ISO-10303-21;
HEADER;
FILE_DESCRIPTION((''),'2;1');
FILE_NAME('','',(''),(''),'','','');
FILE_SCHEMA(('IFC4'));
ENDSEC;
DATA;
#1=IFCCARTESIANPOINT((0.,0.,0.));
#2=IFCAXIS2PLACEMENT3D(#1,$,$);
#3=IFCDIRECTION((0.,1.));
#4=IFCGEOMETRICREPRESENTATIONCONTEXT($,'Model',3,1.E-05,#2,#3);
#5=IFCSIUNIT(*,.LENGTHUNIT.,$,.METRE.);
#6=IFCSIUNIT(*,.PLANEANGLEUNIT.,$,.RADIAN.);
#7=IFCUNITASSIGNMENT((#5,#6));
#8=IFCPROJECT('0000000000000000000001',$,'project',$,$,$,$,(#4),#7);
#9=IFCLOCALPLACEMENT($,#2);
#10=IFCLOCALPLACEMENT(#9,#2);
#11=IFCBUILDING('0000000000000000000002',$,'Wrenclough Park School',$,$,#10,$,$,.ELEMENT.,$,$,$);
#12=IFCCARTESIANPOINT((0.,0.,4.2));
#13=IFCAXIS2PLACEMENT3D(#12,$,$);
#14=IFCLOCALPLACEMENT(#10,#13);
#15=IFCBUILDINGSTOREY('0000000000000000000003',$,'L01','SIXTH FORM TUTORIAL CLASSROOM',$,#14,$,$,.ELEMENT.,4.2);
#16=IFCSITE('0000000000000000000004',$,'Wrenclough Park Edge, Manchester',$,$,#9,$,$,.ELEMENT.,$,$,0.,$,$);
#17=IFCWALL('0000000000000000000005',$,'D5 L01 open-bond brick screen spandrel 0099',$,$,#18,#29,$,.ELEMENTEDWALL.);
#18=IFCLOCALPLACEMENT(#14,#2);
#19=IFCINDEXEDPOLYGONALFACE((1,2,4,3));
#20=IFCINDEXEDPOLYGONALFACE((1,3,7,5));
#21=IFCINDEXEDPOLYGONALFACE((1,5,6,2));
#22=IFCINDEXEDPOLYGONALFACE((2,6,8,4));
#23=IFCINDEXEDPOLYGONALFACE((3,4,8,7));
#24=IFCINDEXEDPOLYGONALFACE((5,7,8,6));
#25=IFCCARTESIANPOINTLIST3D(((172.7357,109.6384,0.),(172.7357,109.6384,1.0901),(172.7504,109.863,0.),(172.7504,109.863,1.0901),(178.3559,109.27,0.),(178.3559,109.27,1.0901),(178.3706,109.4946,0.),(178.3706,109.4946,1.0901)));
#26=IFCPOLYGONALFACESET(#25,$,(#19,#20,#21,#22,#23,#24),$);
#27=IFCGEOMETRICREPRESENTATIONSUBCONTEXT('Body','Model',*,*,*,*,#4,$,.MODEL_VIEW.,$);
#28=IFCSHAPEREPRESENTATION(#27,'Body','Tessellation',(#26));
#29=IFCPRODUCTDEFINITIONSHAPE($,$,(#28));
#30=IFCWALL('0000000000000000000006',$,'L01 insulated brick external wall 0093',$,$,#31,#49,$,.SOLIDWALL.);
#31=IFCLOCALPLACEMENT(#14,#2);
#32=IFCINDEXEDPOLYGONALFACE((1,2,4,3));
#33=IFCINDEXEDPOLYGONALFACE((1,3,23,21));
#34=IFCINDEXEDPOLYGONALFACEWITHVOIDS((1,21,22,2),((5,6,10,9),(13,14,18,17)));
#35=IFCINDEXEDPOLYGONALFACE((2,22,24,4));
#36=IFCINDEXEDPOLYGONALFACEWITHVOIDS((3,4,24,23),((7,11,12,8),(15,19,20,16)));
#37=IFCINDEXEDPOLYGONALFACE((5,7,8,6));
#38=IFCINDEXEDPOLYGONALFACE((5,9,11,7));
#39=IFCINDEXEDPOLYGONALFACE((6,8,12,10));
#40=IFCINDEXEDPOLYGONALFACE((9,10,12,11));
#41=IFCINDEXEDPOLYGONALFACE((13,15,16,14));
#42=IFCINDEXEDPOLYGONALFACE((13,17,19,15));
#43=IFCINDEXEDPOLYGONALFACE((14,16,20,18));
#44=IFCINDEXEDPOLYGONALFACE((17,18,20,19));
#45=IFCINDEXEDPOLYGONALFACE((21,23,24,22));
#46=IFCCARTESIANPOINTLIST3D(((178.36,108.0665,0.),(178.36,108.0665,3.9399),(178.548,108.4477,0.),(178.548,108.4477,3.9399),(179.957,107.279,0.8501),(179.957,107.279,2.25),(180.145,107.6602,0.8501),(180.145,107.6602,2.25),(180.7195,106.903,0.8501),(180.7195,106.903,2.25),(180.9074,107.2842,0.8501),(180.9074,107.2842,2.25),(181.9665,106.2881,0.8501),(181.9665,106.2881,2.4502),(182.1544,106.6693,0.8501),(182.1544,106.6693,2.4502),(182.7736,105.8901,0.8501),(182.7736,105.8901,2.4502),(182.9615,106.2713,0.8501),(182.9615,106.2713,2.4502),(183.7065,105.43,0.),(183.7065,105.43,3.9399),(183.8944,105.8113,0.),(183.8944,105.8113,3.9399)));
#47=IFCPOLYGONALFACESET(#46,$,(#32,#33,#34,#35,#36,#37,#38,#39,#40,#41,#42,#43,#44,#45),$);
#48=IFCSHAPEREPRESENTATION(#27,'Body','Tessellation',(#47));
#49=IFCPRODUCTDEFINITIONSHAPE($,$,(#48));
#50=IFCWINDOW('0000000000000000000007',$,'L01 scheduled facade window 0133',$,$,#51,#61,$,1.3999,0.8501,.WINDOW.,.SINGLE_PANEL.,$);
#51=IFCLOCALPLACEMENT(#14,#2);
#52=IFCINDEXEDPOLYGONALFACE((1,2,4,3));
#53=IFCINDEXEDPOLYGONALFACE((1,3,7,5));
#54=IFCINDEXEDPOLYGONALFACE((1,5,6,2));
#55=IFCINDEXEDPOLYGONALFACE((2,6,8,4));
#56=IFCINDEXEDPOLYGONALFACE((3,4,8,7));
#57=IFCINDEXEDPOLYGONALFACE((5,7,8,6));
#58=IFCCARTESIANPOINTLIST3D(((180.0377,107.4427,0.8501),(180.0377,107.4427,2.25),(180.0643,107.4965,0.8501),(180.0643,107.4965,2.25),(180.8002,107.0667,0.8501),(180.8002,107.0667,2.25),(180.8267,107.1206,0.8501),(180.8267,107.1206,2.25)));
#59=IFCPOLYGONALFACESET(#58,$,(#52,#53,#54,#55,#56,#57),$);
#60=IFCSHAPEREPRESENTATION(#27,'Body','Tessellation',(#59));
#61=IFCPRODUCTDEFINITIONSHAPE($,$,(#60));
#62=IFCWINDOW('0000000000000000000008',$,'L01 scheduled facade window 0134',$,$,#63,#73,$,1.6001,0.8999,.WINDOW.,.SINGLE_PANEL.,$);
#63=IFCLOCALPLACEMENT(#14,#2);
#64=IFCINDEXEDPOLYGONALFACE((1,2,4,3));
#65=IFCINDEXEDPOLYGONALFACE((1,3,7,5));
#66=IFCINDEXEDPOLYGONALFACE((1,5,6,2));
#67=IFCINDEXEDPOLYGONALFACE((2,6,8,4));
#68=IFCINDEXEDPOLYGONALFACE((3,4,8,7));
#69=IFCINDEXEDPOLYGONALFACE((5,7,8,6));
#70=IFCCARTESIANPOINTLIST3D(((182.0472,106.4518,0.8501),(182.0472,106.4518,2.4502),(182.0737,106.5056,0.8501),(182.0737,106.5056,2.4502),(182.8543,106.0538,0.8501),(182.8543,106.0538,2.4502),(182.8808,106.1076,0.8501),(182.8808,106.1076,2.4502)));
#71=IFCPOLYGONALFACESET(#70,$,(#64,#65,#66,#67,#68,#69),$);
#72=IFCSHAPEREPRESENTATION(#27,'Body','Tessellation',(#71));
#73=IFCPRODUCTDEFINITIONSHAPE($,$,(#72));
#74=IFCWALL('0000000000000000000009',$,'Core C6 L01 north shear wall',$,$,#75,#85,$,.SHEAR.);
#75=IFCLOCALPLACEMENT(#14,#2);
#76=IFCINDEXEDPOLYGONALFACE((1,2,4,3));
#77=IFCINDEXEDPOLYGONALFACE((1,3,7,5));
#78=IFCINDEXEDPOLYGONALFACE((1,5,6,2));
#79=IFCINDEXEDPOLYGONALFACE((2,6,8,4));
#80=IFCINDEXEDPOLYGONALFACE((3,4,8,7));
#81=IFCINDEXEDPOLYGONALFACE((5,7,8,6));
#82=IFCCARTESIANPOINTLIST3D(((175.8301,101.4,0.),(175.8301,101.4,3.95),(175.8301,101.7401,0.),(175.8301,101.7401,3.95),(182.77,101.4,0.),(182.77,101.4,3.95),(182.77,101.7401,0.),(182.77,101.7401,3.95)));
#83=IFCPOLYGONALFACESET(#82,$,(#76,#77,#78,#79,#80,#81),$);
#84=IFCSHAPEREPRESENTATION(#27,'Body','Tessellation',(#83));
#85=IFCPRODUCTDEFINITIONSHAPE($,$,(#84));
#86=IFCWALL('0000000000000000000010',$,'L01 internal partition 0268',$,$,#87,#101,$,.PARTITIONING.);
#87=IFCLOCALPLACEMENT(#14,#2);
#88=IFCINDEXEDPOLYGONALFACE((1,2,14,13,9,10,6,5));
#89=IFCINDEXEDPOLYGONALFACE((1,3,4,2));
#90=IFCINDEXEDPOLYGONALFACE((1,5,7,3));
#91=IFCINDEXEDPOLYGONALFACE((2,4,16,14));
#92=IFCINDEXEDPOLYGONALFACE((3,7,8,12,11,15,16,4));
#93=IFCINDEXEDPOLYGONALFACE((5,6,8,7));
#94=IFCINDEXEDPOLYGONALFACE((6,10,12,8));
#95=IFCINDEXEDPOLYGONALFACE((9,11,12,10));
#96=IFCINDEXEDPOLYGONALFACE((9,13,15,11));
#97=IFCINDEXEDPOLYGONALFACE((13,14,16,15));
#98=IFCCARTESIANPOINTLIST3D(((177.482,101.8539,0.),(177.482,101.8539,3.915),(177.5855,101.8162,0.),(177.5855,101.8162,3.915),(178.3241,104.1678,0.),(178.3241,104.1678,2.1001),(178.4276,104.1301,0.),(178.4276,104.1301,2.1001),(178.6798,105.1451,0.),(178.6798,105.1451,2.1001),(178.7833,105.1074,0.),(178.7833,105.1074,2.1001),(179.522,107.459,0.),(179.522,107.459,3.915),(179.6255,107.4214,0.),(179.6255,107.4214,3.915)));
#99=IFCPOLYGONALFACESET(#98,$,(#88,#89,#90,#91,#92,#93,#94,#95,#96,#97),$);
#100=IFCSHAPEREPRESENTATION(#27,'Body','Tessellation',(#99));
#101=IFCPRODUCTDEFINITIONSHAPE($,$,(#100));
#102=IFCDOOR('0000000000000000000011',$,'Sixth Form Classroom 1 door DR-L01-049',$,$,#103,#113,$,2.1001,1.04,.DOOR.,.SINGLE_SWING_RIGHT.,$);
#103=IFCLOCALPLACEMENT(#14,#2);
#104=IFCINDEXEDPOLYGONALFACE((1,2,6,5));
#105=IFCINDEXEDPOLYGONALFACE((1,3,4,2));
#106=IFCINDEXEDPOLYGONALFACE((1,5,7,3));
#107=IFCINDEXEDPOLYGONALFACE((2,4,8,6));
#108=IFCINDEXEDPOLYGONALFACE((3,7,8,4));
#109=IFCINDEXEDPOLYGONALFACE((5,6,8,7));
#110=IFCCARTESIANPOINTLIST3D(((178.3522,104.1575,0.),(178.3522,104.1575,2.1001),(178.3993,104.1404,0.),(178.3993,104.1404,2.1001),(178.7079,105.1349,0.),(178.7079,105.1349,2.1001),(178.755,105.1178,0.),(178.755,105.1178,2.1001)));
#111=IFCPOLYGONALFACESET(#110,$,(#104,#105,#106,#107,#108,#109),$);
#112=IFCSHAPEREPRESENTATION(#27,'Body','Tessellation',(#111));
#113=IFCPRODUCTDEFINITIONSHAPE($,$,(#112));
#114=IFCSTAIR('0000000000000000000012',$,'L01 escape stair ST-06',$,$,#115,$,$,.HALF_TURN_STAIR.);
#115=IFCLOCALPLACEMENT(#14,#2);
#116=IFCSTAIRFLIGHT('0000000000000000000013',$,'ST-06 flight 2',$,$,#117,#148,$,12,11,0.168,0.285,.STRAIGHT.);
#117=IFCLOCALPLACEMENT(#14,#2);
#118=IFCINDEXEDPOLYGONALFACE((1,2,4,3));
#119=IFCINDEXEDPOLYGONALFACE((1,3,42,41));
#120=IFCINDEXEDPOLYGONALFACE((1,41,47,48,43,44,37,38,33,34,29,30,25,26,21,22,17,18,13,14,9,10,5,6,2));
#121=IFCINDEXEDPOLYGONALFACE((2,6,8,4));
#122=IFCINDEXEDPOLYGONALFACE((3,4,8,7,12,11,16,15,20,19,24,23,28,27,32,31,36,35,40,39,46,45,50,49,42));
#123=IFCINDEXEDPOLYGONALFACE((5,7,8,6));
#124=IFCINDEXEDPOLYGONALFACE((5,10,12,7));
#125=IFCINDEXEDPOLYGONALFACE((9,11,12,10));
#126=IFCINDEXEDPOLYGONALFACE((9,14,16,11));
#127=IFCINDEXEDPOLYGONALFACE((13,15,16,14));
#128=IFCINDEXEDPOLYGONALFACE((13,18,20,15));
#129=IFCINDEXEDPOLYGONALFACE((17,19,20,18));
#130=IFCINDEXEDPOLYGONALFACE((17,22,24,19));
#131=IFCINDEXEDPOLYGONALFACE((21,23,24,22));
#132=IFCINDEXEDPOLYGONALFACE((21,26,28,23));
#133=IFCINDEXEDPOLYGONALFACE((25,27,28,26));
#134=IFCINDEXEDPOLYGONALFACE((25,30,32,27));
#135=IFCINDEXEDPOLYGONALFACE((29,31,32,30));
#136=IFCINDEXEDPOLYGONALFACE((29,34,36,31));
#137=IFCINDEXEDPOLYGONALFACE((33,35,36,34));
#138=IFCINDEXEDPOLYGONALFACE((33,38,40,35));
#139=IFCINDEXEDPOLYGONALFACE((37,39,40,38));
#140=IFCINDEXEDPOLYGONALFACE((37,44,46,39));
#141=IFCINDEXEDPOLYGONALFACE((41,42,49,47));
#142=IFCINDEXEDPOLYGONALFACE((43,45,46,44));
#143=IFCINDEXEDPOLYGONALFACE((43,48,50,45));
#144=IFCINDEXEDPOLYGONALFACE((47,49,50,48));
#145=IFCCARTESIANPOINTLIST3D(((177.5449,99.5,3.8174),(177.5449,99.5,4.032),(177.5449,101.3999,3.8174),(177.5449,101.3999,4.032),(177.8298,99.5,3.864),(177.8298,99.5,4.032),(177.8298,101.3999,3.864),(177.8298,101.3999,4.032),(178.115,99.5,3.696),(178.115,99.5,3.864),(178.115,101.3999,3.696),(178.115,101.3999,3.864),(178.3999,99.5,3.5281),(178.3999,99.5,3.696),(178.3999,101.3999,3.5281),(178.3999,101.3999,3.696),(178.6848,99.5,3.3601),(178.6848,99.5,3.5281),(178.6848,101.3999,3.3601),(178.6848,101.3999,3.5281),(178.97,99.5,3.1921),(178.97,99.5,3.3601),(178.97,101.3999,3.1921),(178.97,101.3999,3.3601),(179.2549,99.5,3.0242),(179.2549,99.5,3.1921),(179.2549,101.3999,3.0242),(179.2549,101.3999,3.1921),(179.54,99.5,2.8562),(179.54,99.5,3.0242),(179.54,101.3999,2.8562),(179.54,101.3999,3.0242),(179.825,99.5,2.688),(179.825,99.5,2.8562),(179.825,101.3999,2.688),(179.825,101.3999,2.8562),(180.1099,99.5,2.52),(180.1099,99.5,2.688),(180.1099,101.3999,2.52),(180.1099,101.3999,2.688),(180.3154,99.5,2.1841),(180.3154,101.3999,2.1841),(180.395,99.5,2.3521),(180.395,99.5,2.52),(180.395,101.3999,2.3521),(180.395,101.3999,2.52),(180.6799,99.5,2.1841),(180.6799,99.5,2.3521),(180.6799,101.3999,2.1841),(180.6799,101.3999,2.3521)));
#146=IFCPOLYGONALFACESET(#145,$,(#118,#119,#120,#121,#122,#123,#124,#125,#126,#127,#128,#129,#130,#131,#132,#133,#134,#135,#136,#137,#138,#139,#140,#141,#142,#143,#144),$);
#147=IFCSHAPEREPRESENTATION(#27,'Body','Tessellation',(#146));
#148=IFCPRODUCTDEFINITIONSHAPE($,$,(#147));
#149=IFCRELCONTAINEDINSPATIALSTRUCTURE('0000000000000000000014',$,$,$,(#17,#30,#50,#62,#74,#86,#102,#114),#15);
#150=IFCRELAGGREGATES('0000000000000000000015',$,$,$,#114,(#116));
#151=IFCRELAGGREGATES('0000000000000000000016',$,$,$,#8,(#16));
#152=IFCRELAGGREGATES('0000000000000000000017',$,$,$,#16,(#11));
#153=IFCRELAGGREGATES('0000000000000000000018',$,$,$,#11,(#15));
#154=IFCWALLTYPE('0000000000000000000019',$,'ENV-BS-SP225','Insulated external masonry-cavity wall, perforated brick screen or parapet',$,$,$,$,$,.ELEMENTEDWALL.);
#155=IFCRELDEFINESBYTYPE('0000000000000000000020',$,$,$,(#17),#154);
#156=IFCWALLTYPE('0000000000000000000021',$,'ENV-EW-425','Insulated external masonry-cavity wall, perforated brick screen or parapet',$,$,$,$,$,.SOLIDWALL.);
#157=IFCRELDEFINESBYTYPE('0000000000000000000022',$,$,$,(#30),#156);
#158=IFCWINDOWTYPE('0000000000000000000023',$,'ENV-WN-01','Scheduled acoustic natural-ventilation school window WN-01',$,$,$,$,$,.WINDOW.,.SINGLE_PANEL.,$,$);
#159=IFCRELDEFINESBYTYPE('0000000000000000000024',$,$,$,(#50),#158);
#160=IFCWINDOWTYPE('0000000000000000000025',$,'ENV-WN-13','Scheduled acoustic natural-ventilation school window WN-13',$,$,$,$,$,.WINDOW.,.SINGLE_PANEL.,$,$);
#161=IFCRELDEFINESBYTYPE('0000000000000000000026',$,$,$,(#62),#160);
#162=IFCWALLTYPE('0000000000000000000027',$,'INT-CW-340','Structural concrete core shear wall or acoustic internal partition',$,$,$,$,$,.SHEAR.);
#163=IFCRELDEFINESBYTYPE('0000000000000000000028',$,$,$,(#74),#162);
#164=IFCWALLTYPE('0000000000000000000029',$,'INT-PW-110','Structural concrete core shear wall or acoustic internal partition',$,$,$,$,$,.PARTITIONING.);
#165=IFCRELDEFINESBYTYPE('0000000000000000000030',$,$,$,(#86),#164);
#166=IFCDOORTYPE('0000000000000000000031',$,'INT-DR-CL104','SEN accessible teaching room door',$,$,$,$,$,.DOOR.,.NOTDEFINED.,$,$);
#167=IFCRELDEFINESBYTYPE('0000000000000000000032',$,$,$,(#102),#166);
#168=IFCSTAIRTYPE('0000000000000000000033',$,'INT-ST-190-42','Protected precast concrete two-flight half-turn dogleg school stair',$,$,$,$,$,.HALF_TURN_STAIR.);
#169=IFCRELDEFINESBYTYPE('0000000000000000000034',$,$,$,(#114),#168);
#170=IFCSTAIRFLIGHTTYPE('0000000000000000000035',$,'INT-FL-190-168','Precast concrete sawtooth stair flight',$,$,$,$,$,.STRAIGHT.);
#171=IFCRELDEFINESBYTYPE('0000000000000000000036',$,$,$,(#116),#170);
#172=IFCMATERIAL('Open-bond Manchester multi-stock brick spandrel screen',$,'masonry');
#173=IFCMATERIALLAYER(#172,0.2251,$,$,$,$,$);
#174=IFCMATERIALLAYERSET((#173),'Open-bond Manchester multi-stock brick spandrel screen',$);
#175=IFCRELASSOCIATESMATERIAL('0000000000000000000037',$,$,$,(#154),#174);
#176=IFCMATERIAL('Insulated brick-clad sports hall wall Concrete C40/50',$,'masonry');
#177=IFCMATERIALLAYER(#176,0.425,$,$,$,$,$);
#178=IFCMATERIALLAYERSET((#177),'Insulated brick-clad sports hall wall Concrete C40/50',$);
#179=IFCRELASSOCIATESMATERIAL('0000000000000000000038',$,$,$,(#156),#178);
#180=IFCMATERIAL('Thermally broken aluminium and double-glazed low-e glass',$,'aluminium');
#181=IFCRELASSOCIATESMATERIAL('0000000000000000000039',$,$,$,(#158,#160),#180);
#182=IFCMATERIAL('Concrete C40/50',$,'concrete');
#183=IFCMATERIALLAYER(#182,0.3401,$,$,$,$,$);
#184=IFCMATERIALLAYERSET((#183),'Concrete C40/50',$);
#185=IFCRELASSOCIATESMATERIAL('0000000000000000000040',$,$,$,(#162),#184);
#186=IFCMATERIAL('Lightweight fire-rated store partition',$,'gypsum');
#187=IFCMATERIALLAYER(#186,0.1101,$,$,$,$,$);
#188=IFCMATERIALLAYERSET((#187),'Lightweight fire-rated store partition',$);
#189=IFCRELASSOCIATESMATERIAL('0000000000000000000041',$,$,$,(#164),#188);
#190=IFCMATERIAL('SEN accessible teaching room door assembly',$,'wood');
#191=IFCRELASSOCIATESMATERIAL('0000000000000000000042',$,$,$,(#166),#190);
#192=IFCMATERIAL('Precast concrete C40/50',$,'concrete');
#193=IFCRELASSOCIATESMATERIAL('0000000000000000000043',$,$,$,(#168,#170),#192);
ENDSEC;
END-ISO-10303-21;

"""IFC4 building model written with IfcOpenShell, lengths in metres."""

from ifc_helpers import new_model, si_unit, direction, frame, frame_2d, origin, place, context, subcontext, project, spatial, polyline, rectangle, outline, extrude, material, layer, layer_set, type_object, element, fill, aggregate, save


model = new_model("IFC4")

# Units and contexts
model_context = context("Model", 3, precision=1e-05, world=origin(), true_north=direction((0.0, 1.0)))
body_context = subcontext(model_context, "Body", "Model", "MODEL_VIEW")
ifc_project = project(units=[si_unit("LENGTHUNIT", "METRE"), si_unit("PLANEANGLEUNIT", "RADIAN")], contexts=[model_context])

# Site, building, storey
site_placement = place(None, origin())
site = spatial("IfcSite", under=ifc_project, at=site_placement, Name="Wrenclough Park Edge, Manchester", CompositionType="ELEMENT", RefElevation=0.0)
building_placement = place(site_placement, origin())
building = spatial("IfcBuilding", under=site, at=building_placement, Name="Wrenclough Park School", CompositionType="ELEMENT")
storey_placement = place(building_placement, frame((0.0, 0.0, 4.2)))
storey = spatial("IfcBuildingStorey", under=building, at=storey_placement, Name="L01", Description="SIXTH FORM TUTORIAL CLASSROOM", CompositionType="ELEMENT", Elevation=4.2)

# Shared definitions
ifc_material_1 = material(Name="Concrete C40/50", Category="concrete")

# Wall
ifc_material_2 = material(Name="Open-bond Manchester multi-stock brick spandrel screen", Category="masonry")
ifc_layer_1 = layer(ifc_material_2, 0.2251)
ifc_layer_set_1 = layer_set([ifc_layer_1], Name="Open-bond Manchester multi-stock brick spandrel screen")
wall_type_1 = type_object("IfcWallType", Name="ENV-BS-SP225", Description="Insulated external masonry-cavity wall, perforated brick screen or parapet", PredefinedType="ELEMENTEDWALL", material=ifc_layer_set_1)
wall_1_placement = place(storey_placement, frame((178.3633, 109.3823, 0.0), z_axis=(0.0, 0.0, 1.0), x_axis=(-0.997859, 0.065408, 0.0)))
element("IfcWall", 1, at=wall_1_placement, inside=storey, type_object=wall_type_1, Name="D5 L01 open-bond brick screen spandrel 0099", PredefinedType="ELEMENTEDWALL", context=body_context, shape_type="SweptSolid", body=[
    extrude(rectangle(XDim=5.6323, YDim=0.2251, at=frame_2d((2.8162, 0.0))), origin(), (0.0, 0.0, 1.0), 1.0901),
])

# Wall, openings, windows
ifc_material_3 = material(Name="Insulated brick-clad sports hall wall Concrete C40/50", Category="masonry")
ifc_layer_2 = layer(ifc_material_3, 0.425)
ifc_layer_set_2 = layer_set([ifc_layer_2], Name="Insulated brick-clad sports hall wall Concrete C40/50")
wall_type_2 = type_object("IfcWallType", Name="ENV-EW-425", Description="Insulated external masonry-cavity wall, perforated brick screen or parapet", PredefinedType="SOLIDWALL", material=ifc_layer_set_2)
wall_2_placement = place(storey_placement, frame((178.4541, 108.2571, 0.0), z_axis=(0.0, 0.0, 1.0), x_axis=(0.896879, -0.442276, 0.0)))
wall_2 = element("IfcWall", 2, at=wall_2_placement, inside=storey, type_object=wall_type_2, Name="L01 insulated brick external wall 0093", PredefinedType="SOLIDWALL", context=body_context, shape_type="SweptSolid", body=[
    extrude(rectangle(XDim=5.9612, YDim=0.425, at=frame_2d((2.9805, 0.0))), origin(), (0.0, 0.0, 1.0), 3.9399),
])
opening_1_placement = place(wall_2_placement, frame((1.7805, 0.0, 0.8501)))
opening_1 = element("IfcOpeningElement", 3, at=opening_1_placement, cuts=wall_2, PredefinedType="OPENING", context=body_context, shape_type="SweptSolid", body=[
    extrude(rectangle(XDim=0.8501, YDim=1.3999, at=frame_2d((0.425, 0.7))), frame((0.0, 0.2224, 0.0), z_axis=(0.0, -1.0, 0.0), x_axis=(1.0, 0.0, 0.0)), (0.0, 0.0, 1.0), 0.4451),
])
opening_2_placement = place(wall_2_placement, frame((4.021, 0.0, 0.8501)))
opening_2 = element("IfcOpeningElement", 4, at=opening_2_placement, cuts=wall_2, PredefinedType="OPENING", context=body_context, shape_type="SweptSolid", body=[
    extrude(rectangle(XDim=0.8999, YDim=1.6001, at=frame_2d((0.45, 0.8))), frame((0.0, 0.2224, 0.0), z_axis=(0.0, -1.0, 0.0), x_axis=(1.0, 0.0, 0.0)), (0.0, 0.0, 1.0), 0.4451),
])
ifc_material_4 = material(Name="Thermally broken aluminium and double-glazed low-e glass", Category="aluminium")
window_type_1 = type_object("IfcWindowType", Name="ENV-WN-01", Description="Scheduled acoustic natural-ventilation school window WN-01", PartitioningType="SINGLE_PANEL", PredefinedType="WINDOW", material=ifc_material_4)
window_1_placement = place(opening_1_placement, origin())
window_1 = element("IfcWindow", 5, at=window_1_placement, inside=storey, type_object=window_type_1, Name="L01 scheduled facade window 0133", OverallHeight=1.3999, OverallWidth=0.8501, PartitioningType="SINGLE_PANEL", PredefinedType="WINDOW", context=body_context, shape_type="SweptSolid", body=[
    extrude(rectangle(XDim=0.8501, YDim=1.3999, at=frame_2d((0.425, 0.7))), frame((0.0, 0.03, 0.0), z_axis=(0.0, -1.0, 0.0), x_axis=(1.0, 0.0, 0.0)), (0.0, 0.0, 1.0), 0.0601),
])
fill(opening_1, window_1)
window_type_2 = type_object("IfcWindowType", Name="ENV-WN-13", Description="Scheduled acoustic natural-ventilation school window WN-13", PartitioningType="SINGLE_PANEL", PredefinedType="WINDOW", material=ifc_material_4)
window_2_placement = place(opening_2_placement, origin())
window_2 = element("IfcWindow", 6, at=window_2_placement, inside=storey, type_object=window_type_2, Name="L01 scheduled facade window 0134", OverallHeight=1.6001, OverallWidth=0.8999, PartitioningType="SINGLE_PANEL", PredefinedType="WINDOW", context=body_context, shape_type="SweptSolid", body=[
    extrude(rectangle(XDim=0.8999, YDim=1.6001, at=frame_2d((0.45, 0.8))), frame((0.0, 0.03, 0.0), z_axis=(0.0, -1.0, 0.0), x_axis=(1.0, 0.0, 0.0)), (0.0, 0.0, 1.0), 0.0601),
])
fill(opening_2, window_2)

# Wall
ifc_layer_3 = layer(ifc_material_1, 0.3401)
ifc_layer_set_3 = layer_set([ifc_layer_3], Name="Concrete C40/50")
wall_type_3 = type_object("IfcWallType", Name="INT-CW-340", Description="Structural concrete core shear wall or acoustic internal partition", PredefinedType="SHEAR", material=ifc_layer_set_3)
wall_3_placement = place(storey_placement, frame((182.77, 101.5701, 0.0), z_axis=(0.0, 0.0, 1.0), x_axis=(-1.0, 0.0, 0.0)))
element("IfcWall", 7, at=wall_3_placement, inside=storey, type_object=wall_type_3, Name="Core C6 L01 north shear wall", PredefinedType="SHEAR", context=body_context, shape_type="SweptSolid", body=[
    extrude(rectangle(XDim=6.9399, YDim=0.3401, at=frame_2d((3.47, 0.0))), origin(), (0.0, 0.0, 1.0), 3.95),
])

# Wall, opening, door
ifc_material_5 = material(Name="Lightweight fire-rated store partition", Category="gypsum")
ifc_layer_4 = layer(ifc_material_5, 0.1101)
ifc_layer_set_4 = layer_set([ifc_layer_4], Name="Lightweight fire-rated store partition")
wall_type_4 = type_object("IfcWallType", Name="INT-PW-110", Description="Structural concrete core shear wall or acoustic internal partition", PredefinedType="PARTITIONING", material=ifc_layer_set_4)
wall_4_placement = place(storey_placement, frame((179.5737, 107.4402, 0.0), z_axis=(0.0, 0.0, 1.0), x_axis=(-0.342006, -0.939698, 0.0)))
wall_4 = element("IfcWall", 8, at=wall_4_placement, inside=storey, type_object=wall_type_4, Name="L01 internal partition 0268", PredefinedType="PARTITIONING", context=body_context, shape_type="SweptSolid", body=[
    extrude(rectangle(XDim=5.9648, YDim=0.1101, at=frame_2d((2.9824, 0.0))), origin(), (0.0, 0.0, 1.0), 3.915),
])
opening_3_placement = place(wall_4_placement, frame((2.4624, 0.0, 0.0)))
opening_3 = element("IfcOpeningElement", 9, at=opening_3_placement, cuts=wall_4, PredefinedType="OPENING", context=body_context, shape_type="SweptSolid", body=[
    extrude(rectangle(XDim=1.04, YDim=2.1001, at=frame_2d((0.52, 1.05))), frame((0.0, 0.0649, 0.0), z_axis=(0.0, -1.0, 0.0), x_axis=(1.0, 0.0, 0.0)), (0.0, 0.0, 1.0), 0.1301),
])
ifc_material_6 = material(Name="SEN accessible teaching room door assembly", Category="wood")
door_type = type_object("IfcDoorType", Name="INT-DR-CL104", Description="SEN accessible teaching room door", OperationType="NOTDEFINED", PredefinedType="DOOR", material=ifc_material_6)
door_placement = place(opening_3_placement, origin())
door = element("IfcDoor", 10, at=door_placement, inside=storey, type_object=door_type, Name="Sixth Form Classroom 1 door DR-L01-049", OperationType="SINGLE_SWING_RIGHT", OverallHeight=2.1001, OverallWidth=1.04, PredefinedType="DOOR", context=body_context, shape_type="SweptSolid", body=[
    extrude(rectangle(XDim=1.04, YDim=2.1001, at=frame_2d((0.52, 1.05))), frame((0.0, 0.0249, 0.0), z_axis=(0.0, -1.0, 0.0), x_axis=(1.0, 0.0, 0.0)), (0.0, 0.0, 1.0), 0.05),
])
fill(opening_3, door)

# Stair, stair flight
ifc_material_7 = material(Name="Precast concrete C40/50", Category="concrete")
stair_type = type_object("IfcStairType", Name="INT-ST-190-42", Description="Protected precast concrete two-flight half-turn dogleg school stair", PredefinedType="HALF_TURN_STAIR", material=ifc_material_7)
stair_placement = place(storey_placement, origin())
stair = element("IfcStair", 11, at=stair_placement, inside=storey, type_object=stair_type, Name="L01 escape stair ST-06", PredefinedType="HALF_TURN_STAIR")
stair_flight_type = type_object("IfcStairFlightType", Name="INT-FL-190-168", Description="Precast concrete sawtooth stair flight", PredefinedType="STRAIGHT", material=ifc_material_7)
stair_flight_placement = place(storey_placement, frame((180.6799, 100.45, 2.1841), z_axis=(0.0, 0.0, 1.0), x_axis=(-1.0, 0.0, 0.0)))
stair_flight = element("IfcStairFlight", 12, at=stair_flight_placement, type_object=stair_flight_type, Name="ST-06 flight 2", NumberOfRisers=12, NumberOfTreads=11, PredefinedType="STRAIGHT", RiserHeight=0.168, TreadLength=0.285, context=body_context, shape_type="SweptSolid", body=[
    extrude(outline(polyline([(0.0, 0.0), (0.0, 0.168), (0.2849, 0.168), (0.2849, 0.3359), (0.5701, 0.3359), (0.5701, 0.5039), (0.855, 0.5039), (0.855, 0.6721), (1.1399, 0.6721), (1.1399, 0.8401), (1.425, 0.8401), (1.425, 1.0081), (1.71, 1.0081), (1.71, 1.176), (1.9951, 1.176), (1.9951, 1.344), (2.28, 1.344), (2.28, 1.512), (2.5649, 1.512), (2.5649, 1.6799), (2.8501, 1.6799), (2.8501, 1.8479), (3.135, 1.8479), (3.135, 2.0161), (3.135, 1.6333), (0.3645, 0.0), (0.0, 0.0)])), frame((0.0, 0.95, 0.0), z_axis=(0.0, -1.0, 0.0), x_axis=(1.0, 0.0, 0.0)), (0.0, 0.0, 1.0), 1.8999),
])
aggregate(stair, [stair_flight])

save(model, "model.ifc")
